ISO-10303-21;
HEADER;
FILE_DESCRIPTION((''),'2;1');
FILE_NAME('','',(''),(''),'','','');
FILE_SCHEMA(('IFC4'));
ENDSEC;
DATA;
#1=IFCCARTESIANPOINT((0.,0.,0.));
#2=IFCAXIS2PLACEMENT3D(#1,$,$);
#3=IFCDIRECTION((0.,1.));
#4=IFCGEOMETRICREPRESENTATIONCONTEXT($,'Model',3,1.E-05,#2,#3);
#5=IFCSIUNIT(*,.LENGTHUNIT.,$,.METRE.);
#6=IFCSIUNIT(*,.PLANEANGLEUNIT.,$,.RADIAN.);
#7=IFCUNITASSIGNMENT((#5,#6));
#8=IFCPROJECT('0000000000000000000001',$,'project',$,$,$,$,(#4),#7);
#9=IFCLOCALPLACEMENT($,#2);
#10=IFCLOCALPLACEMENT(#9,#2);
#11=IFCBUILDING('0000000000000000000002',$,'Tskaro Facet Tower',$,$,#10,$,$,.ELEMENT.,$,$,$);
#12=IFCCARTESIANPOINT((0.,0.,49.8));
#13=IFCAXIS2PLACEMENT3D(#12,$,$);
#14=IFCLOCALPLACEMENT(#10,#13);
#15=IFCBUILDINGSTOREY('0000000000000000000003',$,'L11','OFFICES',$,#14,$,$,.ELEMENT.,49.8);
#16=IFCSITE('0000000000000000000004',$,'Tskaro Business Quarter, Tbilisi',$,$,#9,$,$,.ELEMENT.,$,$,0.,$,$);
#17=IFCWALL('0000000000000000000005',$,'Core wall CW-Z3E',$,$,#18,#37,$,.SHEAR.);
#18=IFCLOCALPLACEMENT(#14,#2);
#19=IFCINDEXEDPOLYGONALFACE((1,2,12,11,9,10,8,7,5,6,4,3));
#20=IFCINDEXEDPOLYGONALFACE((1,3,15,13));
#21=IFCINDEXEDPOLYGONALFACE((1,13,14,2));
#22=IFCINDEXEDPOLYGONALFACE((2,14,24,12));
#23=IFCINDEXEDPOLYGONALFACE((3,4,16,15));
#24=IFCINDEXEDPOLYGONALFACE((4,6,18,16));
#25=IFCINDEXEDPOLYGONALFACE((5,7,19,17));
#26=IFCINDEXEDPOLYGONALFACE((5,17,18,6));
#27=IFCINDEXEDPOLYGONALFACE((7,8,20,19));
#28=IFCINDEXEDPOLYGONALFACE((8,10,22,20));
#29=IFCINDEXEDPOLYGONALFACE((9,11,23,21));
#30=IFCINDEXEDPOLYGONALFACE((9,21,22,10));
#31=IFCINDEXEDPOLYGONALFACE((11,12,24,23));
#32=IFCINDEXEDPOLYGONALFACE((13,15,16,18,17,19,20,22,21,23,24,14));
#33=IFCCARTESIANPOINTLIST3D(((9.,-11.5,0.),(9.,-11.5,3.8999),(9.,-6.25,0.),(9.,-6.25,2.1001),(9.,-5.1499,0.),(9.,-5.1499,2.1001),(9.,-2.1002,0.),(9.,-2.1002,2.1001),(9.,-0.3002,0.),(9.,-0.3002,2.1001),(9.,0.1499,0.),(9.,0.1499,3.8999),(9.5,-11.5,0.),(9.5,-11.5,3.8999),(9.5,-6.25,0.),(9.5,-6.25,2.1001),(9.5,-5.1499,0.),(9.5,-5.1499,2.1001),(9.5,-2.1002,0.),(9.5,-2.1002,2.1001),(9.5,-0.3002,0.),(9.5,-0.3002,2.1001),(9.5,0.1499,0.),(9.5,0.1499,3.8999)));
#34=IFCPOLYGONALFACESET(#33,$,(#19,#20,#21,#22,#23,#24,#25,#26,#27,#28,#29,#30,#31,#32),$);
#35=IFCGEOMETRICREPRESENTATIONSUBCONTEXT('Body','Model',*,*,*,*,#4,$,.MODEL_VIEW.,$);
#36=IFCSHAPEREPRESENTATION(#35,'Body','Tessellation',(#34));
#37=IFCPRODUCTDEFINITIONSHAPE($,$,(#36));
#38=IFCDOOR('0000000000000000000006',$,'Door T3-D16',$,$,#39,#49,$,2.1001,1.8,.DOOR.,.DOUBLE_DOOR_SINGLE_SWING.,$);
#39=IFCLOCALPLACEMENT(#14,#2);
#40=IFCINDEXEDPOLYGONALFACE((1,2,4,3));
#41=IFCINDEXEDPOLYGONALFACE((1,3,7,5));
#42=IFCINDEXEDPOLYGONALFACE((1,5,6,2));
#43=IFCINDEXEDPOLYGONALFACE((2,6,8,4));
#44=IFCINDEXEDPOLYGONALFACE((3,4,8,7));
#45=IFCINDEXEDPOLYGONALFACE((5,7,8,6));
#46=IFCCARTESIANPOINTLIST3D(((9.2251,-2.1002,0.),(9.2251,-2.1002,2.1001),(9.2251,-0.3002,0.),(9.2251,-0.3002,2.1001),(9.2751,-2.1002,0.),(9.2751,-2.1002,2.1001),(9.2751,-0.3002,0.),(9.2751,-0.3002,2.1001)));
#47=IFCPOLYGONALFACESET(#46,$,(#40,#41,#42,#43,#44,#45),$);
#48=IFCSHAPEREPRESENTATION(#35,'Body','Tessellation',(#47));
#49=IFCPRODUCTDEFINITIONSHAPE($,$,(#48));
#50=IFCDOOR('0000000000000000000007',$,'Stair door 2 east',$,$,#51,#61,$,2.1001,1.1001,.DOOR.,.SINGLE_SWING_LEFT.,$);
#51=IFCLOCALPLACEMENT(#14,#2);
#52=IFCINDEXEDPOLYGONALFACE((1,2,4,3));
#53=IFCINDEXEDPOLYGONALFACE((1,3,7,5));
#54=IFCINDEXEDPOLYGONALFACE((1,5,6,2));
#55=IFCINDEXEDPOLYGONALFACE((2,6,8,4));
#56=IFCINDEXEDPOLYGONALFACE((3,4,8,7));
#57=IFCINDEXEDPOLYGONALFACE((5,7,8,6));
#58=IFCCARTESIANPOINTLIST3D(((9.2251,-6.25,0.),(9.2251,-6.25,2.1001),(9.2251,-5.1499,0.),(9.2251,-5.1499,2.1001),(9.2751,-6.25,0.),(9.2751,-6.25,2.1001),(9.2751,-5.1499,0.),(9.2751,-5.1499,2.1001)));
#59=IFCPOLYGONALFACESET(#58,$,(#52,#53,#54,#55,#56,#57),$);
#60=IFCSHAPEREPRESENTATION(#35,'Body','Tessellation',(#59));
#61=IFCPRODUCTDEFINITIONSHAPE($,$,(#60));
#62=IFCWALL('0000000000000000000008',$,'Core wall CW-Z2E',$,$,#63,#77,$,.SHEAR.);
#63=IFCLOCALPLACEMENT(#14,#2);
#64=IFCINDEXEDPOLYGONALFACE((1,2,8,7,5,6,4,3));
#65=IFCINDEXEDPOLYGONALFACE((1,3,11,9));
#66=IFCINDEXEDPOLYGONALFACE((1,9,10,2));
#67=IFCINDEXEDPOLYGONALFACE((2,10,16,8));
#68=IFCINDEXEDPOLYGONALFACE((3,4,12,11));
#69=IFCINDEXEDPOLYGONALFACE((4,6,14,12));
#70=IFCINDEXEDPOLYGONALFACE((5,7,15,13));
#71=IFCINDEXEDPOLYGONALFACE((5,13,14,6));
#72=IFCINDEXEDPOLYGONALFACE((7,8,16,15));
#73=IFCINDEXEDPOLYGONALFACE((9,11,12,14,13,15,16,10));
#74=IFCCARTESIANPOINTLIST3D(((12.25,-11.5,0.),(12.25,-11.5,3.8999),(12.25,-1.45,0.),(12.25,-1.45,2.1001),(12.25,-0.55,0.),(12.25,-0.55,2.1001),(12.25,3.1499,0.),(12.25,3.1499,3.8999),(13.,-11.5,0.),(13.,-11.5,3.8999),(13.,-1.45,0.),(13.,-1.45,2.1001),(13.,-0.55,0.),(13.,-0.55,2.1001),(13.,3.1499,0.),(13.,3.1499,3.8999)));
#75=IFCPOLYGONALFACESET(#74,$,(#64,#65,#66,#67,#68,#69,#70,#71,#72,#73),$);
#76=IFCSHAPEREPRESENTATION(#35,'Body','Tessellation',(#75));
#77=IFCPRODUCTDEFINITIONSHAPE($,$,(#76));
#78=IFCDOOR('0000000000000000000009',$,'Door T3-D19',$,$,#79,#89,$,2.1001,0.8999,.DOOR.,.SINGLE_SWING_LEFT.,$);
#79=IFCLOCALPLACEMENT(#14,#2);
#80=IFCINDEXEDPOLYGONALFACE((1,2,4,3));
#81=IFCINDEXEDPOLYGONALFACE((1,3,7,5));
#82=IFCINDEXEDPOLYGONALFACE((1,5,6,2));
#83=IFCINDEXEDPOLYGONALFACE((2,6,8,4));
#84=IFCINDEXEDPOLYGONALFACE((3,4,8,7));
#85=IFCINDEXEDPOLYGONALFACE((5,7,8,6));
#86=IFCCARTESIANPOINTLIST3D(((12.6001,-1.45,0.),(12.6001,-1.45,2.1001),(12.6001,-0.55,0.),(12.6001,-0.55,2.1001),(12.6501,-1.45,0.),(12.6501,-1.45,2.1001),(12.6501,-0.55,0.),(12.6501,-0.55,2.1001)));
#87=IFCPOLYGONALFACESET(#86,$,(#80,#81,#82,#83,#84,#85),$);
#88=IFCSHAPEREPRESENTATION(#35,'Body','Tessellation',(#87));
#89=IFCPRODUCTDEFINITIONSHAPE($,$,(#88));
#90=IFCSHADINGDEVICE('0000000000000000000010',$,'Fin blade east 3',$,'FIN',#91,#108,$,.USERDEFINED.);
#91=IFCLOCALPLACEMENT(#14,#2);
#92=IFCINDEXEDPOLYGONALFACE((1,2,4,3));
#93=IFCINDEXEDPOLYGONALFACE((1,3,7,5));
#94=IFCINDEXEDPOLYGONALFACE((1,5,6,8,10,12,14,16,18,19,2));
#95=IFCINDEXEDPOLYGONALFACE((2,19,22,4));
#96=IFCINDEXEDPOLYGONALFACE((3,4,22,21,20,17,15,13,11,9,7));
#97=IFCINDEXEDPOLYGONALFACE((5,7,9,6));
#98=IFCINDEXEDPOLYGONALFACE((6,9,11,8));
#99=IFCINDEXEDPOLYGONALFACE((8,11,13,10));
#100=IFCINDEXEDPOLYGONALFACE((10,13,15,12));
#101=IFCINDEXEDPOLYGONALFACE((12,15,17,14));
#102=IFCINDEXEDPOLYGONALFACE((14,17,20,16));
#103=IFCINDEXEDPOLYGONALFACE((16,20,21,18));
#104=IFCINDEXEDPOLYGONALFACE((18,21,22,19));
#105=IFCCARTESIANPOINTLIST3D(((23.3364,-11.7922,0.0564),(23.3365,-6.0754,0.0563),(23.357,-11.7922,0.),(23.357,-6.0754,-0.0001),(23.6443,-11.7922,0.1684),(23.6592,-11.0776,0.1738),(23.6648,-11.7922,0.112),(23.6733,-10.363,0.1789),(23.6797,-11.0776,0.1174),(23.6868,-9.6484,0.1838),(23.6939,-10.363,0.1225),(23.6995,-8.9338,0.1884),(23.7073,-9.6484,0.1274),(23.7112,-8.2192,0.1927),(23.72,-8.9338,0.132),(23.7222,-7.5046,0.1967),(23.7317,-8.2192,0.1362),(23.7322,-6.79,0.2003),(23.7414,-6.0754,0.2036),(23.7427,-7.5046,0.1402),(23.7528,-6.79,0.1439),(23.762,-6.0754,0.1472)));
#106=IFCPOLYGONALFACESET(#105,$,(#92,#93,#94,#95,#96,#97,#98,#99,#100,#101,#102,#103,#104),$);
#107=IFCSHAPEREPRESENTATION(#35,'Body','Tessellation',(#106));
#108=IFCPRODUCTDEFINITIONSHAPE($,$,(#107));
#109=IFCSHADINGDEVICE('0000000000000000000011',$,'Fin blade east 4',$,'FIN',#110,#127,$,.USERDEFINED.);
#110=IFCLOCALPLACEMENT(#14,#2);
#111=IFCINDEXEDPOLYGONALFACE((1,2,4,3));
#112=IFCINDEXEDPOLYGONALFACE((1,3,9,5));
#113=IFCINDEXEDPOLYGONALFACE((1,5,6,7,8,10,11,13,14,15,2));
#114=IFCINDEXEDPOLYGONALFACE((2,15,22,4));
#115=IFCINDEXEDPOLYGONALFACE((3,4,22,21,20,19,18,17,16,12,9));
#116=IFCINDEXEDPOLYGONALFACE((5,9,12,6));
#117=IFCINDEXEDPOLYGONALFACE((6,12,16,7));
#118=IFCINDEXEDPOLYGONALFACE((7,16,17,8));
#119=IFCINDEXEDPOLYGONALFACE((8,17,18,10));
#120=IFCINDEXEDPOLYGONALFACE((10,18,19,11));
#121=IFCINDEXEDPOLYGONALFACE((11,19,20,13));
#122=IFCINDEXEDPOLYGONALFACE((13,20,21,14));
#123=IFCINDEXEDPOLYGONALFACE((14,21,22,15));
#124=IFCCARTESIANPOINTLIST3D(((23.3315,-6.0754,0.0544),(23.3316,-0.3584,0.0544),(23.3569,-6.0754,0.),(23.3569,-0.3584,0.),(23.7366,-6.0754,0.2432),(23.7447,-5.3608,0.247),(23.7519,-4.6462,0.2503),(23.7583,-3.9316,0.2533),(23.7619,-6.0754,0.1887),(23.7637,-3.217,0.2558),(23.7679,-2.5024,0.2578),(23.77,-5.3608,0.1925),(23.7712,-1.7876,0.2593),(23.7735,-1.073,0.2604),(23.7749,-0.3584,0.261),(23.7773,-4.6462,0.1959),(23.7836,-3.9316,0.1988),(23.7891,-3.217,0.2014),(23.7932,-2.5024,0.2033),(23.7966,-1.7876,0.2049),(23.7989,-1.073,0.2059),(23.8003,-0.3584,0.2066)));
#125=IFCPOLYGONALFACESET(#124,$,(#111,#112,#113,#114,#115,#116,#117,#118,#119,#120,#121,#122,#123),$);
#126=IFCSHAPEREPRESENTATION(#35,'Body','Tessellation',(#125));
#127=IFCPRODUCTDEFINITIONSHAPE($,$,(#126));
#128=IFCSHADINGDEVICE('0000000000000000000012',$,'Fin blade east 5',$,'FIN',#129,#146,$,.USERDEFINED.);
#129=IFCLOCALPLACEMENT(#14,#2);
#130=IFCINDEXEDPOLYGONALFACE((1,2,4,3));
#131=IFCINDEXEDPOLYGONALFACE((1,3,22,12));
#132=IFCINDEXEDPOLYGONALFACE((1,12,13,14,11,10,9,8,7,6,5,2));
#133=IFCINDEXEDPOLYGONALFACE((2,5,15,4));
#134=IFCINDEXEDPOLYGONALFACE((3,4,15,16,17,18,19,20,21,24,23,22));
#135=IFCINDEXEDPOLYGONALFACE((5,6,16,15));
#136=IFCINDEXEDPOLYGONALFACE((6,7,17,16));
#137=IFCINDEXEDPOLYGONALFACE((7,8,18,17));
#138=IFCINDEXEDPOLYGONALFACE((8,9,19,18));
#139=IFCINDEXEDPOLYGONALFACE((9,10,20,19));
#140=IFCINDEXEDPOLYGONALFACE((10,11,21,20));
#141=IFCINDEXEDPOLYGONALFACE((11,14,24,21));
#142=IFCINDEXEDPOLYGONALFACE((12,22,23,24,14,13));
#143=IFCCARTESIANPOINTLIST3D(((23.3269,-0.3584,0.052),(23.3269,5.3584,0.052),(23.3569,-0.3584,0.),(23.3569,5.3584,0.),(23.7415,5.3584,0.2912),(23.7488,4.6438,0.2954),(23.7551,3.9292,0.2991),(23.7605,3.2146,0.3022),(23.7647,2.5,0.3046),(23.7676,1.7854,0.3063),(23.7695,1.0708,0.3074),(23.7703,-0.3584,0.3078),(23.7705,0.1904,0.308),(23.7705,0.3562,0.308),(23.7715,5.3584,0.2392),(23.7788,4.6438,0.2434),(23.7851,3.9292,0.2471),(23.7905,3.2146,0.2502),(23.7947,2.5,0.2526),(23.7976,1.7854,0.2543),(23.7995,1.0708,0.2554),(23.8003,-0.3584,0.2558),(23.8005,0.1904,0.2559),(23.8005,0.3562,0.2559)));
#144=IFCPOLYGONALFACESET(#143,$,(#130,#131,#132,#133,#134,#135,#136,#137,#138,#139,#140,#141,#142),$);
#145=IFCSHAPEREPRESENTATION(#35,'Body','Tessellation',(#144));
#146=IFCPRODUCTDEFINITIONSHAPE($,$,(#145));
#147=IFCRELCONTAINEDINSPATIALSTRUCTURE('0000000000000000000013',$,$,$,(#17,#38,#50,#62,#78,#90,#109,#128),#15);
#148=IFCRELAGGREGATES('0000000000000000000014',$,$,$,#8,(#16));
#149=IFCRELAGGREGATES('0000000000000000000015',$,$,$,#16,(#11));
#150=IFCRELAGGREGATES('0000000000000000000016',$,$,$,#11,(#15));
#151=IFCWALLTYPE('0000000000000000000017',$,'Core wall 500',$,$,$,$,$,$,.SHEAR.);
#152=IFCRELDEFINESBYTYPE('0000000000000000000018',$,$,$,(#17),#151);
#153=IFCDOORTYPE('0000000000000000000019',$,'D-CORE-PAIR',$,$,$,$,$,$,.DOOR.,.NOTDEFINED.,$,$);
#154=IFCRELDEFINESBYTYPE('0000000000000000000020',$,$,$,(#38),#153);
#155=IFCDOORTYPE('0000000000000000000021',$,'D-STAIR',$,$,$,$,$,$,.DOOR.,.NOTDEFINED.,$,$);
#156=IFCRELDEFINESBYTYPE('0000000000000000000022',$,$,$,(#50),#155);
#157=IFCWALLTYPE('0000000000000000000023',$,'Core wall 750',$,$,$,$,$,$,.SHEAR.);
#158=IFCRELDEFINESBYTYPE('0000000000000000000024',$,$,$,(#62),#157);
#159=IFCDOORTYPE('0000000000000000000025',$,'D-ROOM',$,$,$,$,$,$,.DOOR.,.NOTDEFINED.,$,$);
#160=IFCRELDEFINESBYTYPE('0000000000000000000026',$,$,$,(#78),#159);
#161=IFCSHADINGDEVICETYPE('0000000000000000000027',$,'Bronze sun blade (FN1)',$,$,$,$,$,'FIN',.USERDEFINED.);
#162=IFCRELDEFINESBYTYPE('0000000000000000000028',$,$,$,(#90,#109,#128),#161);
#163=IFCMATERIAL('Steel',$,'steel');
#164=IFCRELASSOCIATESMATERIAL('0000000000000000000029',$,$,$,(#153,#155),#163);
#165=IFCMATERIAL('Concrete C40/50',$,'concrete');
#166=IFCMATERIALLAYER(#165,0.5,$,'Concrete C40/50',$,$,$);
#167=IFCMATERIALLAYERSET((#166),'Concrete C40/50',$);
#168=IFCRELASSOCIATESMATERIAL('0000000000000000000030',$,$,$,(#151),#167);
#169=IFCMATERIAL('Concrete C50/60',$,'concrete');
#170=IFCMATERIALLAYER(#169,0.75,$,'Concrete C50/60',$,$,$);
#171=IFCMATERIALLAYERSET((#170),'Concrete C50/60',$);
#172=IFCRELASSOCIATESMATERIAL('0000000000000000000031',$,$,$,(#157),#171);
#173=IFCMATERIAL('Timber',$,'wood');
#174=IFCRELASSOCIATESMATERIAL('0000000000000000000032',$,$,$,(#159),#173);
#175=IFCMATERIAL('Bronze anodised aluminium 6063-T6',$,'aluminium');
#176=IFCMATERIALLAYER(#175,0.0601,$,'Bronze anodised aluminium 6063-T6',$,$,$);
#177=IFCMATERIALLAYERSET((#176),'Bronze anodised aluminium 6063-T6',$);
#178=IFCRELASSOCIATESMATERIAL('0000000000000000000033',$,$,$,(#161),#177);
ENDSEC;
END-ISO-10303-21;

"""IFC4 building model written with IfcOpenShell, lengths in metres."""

from ifc_helpers import new_model, si_unit, direction, frame, frame_2d, origin, place, context, subcontext, project, spatial, polyline, rectangle, outline, extrude, material, layer, layer_set, type_object, element, fill, save


model = new_model("IFC4")

# Units and contexts
model_context = context("Model", 3, precision=1e-05, world=origin(), true_north=direction((0.0, 1.0)))
body_context = subcontext(model_context, "Body", "Model", "MODEL_VIEW")
ifc_project = project(units=[si_unit("LENGTHUNIT", "METRE"), si_unit("PLANEANGLEUNIT", "RADIAN")], contexts=[model_context])

# Site, building, storey
site_placement = place(None, origin())
site = spatial("IfcSite", under=ifc_project, at=site_placement, Name="Tskaro Business Quarter, Tbilisi", CompositionType="ELEMENT", RefElevation=0.0)
building_placement = place(site_placement, origin())
building = spatial("IfcBuilding", under=site, at=building_placement, Name="Tskaro Facet Tower", CompositionType="ELEMENT")
storey_placement = place(building_placement, frame((0.0, 0.0, 49.8)))
storey = spatial("IfcBuildingStorey", under=building, at=storey_placement, Name="L11", Description="OFFICES", CompositionType="ELEMENT", Elevation=49.8)

# Shared definitions
ifc_material_1 = material(Name="Bronze anodised aluminium 6063-T6", Category="aluminium")

# Shared definitions
ifc_material_2 = material(Name="Steel", Category="steel")
door_type_1 = type_object("IfcDoorType", Name="D-CORE-PAIR", OperationType="NOTDEFINED", PredefinedType="DOOR", material=ifc_material_2)

# Wall, openings, doors
ifc_material_3 = material(Name="Concrete C40/50", Category="concrete")
ifc_layer_1 = layer(ifc_material_3, 0.5, Name="Concrete C40/50")
ifc_layer_set_1 = layer_set([ifc_layer_1], Name="Concrete C40/50")
wall_type_1 = type_object("IfcWallType", Name="Core wall 500", PredefinedType="SHEAR", material=ifc_layer_set_1)
wall_1_placement = place(storey_placement, frame((9.25, -11.5, 0.0), z_axis=(0.0, 0.0, 1.0), x_axis=(0.0, 1.0, 0.0)))
wall_1 = element("IfcWall", 1, at=wall_1_placement, inside=storey, type_object=wall_type_1, Name="Core wall CW-Z3E", PredefinedType="SHEAR", context=body_context, shape_type="SweptSolid", body=[
    extrude(rectangle(XDim=11.6499, YDim=0.5, at=frame_2d((5.825, 0.0))), origin(), (0.0, 0.0, 1.0), 3.8999),
])
opening_1_placement = place(wall_1_placement, frame((9.3999, 0.0, 0.0)))
opening_1 = element("IfcOpeningElement", 2, at=opening_1_placement, cuts=wall_1, PredefinedType="OPENING", context=body_context, shape_type="SweptSolid", body=[
    extrude(rectangle(XDim=1.8, YDim=2.1001, at=frame_2d((0.8999, 1.05))), frame((0.0, 0.26, 0.0), z_axis=(0.0, -1.0, 0.0), x_axis=(1.0, 0.0, 0.0)), (0.0, 0.0, 1.0), 0.52),
])
opening_2_placement = place(wall_1_placement, frame((5.25, 0.0, 0.0)))
opening_2 = element("IfcOpeningElement", 3, at=opening_2_placement, cuts=wall_1, PredefinedType="OPENING", context=body_context, shape_type="SweptSolid", body=[
    extrude(rectangle(XDim=1.1001, YDim=2.1001, at=frame_2d((0.55, 1.05))), frame((0.0, 0.26, 0.0), z_axis=(0.0, -1.0, 0.0), x_axis=(1.0, 0.0, 0.0)), (0.0, 0.0, 1.0), 0.52),
])
door_1_placement = place(opening_1_placement, origin())
door_1 = element("IfcDoor", 4, at=door_1_placement, inside=storey, type_object=door_type_1, Name="Door T3-D16", OperationType="DOUBLE_DOOR_SINGLE_SWING", OverallHeight=2.1001, OverallWidth=1.8, PredefinedType="DOOR", context=body_context, shape_type="SweptSolid", body=[
    extrude(rectangle(XDim=1.8, YDim=2.1001, at=frame_2d((0.8999, 1.05))), frame((0.0, 0.0249, 0.0), z_axis=(0.0, -1.0, 0.0), x_axis=(1.0, 0.0, 0.0)), (0.0, 0.0, 1.0), 0.05),
])
fill(opening_1, door_1)
door_type_2 = type_object("IfcDoorType", Name="D-STAIR", OperationType="NOTDEFINED", PredefinedType="DOOR", material=ifc_material_2)
door_2_placement = place(opening_2_placement, origin())
door_2 = element("IfcDoor", 5, at=door_2_placement, inside=storey, type_object=door_type_2, Name="Stair door 2 east", OperationType="SINGLE_SWING_LEFT", OverallHeight=2.1001, OverallWidth=1.1001, PredefinedType="DOOR", context=body_context, shape_type="SweptSolid", body=[
    extrude(rectangle(XDim=1.1001, YDim=2.1001, at=frame_2d((0.55, 1.05))), frame((0.0, 0.0249, 0.0), z_axis=(0.0, -1.0, 0.0), x_axis=(1.0, 0.0, 0.0)), (0.0, 0.0, 1.0), 0.05),
])
fill(opening_2, door_2)

# Wall, opening, door
ifc_material_4 = material(Name="Concrete C50/60", Category="concrete")
ifc_layer_2 = layer(ifc_material_4, 0.75, Name="Concrete C50/60")
ifc_layer_set_2 = layer_set([ifc_layer_2], Name="Concrete C50/60")
wall_type_2 = type_object("IfcWallType", Name="Core wall 750", PredefinedType="SHEAR", material=ifc_layer_set_2)
wall_2_placement = place(storey_placement, frame((12.625, -11.5, 0.0), z_axis=(0.0, 0.0, 1.0), x_axis=(0.0, 1.0, 0.0)))
wall_2 = element("IfcWall", 6, at=wall_2_placement, inside=storey, type_object=wall_type_2, Name="Core wall CW-Z2E", PredefinedType="SHEAR", context=body_context, shape_type="SweptSolid", body=[
    extrude(rectangle(XDim=14.6499, YDim=0.75, at=frame_2d((7.325, 0.0))), origin(), (0.0, 0.0, 1.0), 3.8999),
])
opening_3_placement = place(wall_2_placement, frame((10.05, 0.0, 0.0)))
opening_3 = element("IfcOpeningElement", 7, at=opening_3_placement, cuts=wall_2, PredefinedType="OPENING", context=body_context, shape_type="SweptSolid", body=[
    extrude(rectangle(XDim=0.8999, YDim=2.1001, at=frame_2d((0.45, 1.05))), frame((0.0, 0.385, 0.0), z_axis=(0.0, -1.0, 0.0), x_axis=(1.0, 0.0, 0.0)), (0.0, 0.0, 1.0), 0.77),
])
ifc_material_5 = material(Name="Timber", Category="wood")
door_type_3 = type_object("IfcDoorType", Name="D-ROOM", OperationType="NOTDEFINED", PredefinedType="DOOR", material=ifc_material_5)
door_3_placement = place(opening_3_placement, origin())
door_3 = element("IfcDoor", 8, at=door_3_placement, inside=storey, type_object=door_type_3, Name="Door T3-D19", OperationType="SINGLE_SWING_LEFT", OverallHeight=2.1001, OverallWidth=0.8999, PredefinedType="DOOR", context=body_context, shape_type="SweptSolid", body=[
    extrude(rectangle(XDim=0.8999, YDim=2.1001, at=frame_2d((0.45, 1.05))), frame((0.0, 0.0249, 0.0), z_axis=(0.0, -1.0, 0.0), x_axis=(1.0, 0.0, 0.0)), (0.0, 0.0, 1.0), 0.05),
])
fill(opening_3, door_3)

# Shading devices
ifc_layer_3 = layer(ifc_material_1, 0.0601, Name="Bronze anodised aluminium 6063-T6")
ifc_layer_set_3 = layer_set([ifc_layer_3], Name="Bronze anodised aluminium 6063-T6")
shading_device_type = type_object("IfcShadingDeviceType", Name="Bronze sun blade (FN1)", ElementType="FIN", PredefinedType="USERDEFINED", material=ifc_layer_set_3)
shading_device_1_placement = place(storey_placement, frame((23.3364, -11.7922, 0.0564), z_axis=(-0.341871, 0.000016, 0.939747), x_axis=(0.000006, 1.0, -0.000015)))
element("IfcShadingDevice", 9, at=shading_device_1_placement, inside=storey, type_object=shading_device_type, Name="Fin blade east 3", ObjectType="FIN", PredefinedType="USERDEFINED", context=body_context, shape_type="SweptSolid", body=[
    extrude(outline(polyline([(0.0, 0.0), (5.7168, 0.0), (5.7168, -0.431), (5.0022, -0.4212), (4.2876, -0.4105), (3.573, -0.3987), (2.8584, -0.3863), (2.1438, -0.3728), (1.4292, -0.3585), (0.7146, -0.3435), (0.0, -0.3276), (0.0, 0.0)])), origin(), (0.0, 0.0, -1.0), 0.0601),
])
shading_device_2_placement = place(storey_placement, frame((23.3315, -6.0754, 0.0544), z_axis=(-0.422392, 0.000003, 0.906413), x_axis=(0.000001, 1.0, -0.000003)))
element("IfcShadingDevice", 10, at=shading_device_2_placement, inside=storey, type_object=shading_device_type, Name="Fin blade east 4", ObjectType="FIN", PredefinedType="USERDEFINED", context=body_context, shape_type="SweptSolid", body=[
    extrude(outline(polyline([(0.0, 0.0), (5.717, 0.0), (5.717, -0.4891), (5.0024, -0.4876), (4.2878, -0.4851), (3.573, -0.4814), (2.8584, -0.4768), (2.1438, -0.4708), (1.4292, -0.4638), (0.7146, -0.4558), (0.0, -0.4468), (0.0, 0.0)])), origin(), (0.0, 0.0, -1.0), 0.0601),
])
shading_device_3_placement = place(storey_placement, frame((23.3269, -0.3584, 0.052), z_axis=(-0.499805, -0.000002, 0.866138), x_axis=(-0.000001, 1.0, 0.000001)))
element("IfcShadingDevice", 11, at=shading_device_3_placement, inside=storey, type_object=shading_device_type, Name="Fin blade east 5", ObjectType="FIN", PredefinedType="USERDEFINED", context=body_context, shape_type="SweptSolid", body=[
    extrude(outline(polyline([(0.0, 0.0), (5.7168, 0.0), (5.7168, -0.4786), (5.0022, -0.4871), (4.2876, -0.4944), (3.573, -0.5006), (2.8584, -0.5054), (2.1438, -0.5088), (1.4292, -0.511), (0.7146, -0.5121), (0.5488, -0.5121), (0.0, -0.5119), (0.0, 0.0)])), origin(), (0.0, 0.0, -1.0), 0.0601),
])

save(model, "model.ifc")
